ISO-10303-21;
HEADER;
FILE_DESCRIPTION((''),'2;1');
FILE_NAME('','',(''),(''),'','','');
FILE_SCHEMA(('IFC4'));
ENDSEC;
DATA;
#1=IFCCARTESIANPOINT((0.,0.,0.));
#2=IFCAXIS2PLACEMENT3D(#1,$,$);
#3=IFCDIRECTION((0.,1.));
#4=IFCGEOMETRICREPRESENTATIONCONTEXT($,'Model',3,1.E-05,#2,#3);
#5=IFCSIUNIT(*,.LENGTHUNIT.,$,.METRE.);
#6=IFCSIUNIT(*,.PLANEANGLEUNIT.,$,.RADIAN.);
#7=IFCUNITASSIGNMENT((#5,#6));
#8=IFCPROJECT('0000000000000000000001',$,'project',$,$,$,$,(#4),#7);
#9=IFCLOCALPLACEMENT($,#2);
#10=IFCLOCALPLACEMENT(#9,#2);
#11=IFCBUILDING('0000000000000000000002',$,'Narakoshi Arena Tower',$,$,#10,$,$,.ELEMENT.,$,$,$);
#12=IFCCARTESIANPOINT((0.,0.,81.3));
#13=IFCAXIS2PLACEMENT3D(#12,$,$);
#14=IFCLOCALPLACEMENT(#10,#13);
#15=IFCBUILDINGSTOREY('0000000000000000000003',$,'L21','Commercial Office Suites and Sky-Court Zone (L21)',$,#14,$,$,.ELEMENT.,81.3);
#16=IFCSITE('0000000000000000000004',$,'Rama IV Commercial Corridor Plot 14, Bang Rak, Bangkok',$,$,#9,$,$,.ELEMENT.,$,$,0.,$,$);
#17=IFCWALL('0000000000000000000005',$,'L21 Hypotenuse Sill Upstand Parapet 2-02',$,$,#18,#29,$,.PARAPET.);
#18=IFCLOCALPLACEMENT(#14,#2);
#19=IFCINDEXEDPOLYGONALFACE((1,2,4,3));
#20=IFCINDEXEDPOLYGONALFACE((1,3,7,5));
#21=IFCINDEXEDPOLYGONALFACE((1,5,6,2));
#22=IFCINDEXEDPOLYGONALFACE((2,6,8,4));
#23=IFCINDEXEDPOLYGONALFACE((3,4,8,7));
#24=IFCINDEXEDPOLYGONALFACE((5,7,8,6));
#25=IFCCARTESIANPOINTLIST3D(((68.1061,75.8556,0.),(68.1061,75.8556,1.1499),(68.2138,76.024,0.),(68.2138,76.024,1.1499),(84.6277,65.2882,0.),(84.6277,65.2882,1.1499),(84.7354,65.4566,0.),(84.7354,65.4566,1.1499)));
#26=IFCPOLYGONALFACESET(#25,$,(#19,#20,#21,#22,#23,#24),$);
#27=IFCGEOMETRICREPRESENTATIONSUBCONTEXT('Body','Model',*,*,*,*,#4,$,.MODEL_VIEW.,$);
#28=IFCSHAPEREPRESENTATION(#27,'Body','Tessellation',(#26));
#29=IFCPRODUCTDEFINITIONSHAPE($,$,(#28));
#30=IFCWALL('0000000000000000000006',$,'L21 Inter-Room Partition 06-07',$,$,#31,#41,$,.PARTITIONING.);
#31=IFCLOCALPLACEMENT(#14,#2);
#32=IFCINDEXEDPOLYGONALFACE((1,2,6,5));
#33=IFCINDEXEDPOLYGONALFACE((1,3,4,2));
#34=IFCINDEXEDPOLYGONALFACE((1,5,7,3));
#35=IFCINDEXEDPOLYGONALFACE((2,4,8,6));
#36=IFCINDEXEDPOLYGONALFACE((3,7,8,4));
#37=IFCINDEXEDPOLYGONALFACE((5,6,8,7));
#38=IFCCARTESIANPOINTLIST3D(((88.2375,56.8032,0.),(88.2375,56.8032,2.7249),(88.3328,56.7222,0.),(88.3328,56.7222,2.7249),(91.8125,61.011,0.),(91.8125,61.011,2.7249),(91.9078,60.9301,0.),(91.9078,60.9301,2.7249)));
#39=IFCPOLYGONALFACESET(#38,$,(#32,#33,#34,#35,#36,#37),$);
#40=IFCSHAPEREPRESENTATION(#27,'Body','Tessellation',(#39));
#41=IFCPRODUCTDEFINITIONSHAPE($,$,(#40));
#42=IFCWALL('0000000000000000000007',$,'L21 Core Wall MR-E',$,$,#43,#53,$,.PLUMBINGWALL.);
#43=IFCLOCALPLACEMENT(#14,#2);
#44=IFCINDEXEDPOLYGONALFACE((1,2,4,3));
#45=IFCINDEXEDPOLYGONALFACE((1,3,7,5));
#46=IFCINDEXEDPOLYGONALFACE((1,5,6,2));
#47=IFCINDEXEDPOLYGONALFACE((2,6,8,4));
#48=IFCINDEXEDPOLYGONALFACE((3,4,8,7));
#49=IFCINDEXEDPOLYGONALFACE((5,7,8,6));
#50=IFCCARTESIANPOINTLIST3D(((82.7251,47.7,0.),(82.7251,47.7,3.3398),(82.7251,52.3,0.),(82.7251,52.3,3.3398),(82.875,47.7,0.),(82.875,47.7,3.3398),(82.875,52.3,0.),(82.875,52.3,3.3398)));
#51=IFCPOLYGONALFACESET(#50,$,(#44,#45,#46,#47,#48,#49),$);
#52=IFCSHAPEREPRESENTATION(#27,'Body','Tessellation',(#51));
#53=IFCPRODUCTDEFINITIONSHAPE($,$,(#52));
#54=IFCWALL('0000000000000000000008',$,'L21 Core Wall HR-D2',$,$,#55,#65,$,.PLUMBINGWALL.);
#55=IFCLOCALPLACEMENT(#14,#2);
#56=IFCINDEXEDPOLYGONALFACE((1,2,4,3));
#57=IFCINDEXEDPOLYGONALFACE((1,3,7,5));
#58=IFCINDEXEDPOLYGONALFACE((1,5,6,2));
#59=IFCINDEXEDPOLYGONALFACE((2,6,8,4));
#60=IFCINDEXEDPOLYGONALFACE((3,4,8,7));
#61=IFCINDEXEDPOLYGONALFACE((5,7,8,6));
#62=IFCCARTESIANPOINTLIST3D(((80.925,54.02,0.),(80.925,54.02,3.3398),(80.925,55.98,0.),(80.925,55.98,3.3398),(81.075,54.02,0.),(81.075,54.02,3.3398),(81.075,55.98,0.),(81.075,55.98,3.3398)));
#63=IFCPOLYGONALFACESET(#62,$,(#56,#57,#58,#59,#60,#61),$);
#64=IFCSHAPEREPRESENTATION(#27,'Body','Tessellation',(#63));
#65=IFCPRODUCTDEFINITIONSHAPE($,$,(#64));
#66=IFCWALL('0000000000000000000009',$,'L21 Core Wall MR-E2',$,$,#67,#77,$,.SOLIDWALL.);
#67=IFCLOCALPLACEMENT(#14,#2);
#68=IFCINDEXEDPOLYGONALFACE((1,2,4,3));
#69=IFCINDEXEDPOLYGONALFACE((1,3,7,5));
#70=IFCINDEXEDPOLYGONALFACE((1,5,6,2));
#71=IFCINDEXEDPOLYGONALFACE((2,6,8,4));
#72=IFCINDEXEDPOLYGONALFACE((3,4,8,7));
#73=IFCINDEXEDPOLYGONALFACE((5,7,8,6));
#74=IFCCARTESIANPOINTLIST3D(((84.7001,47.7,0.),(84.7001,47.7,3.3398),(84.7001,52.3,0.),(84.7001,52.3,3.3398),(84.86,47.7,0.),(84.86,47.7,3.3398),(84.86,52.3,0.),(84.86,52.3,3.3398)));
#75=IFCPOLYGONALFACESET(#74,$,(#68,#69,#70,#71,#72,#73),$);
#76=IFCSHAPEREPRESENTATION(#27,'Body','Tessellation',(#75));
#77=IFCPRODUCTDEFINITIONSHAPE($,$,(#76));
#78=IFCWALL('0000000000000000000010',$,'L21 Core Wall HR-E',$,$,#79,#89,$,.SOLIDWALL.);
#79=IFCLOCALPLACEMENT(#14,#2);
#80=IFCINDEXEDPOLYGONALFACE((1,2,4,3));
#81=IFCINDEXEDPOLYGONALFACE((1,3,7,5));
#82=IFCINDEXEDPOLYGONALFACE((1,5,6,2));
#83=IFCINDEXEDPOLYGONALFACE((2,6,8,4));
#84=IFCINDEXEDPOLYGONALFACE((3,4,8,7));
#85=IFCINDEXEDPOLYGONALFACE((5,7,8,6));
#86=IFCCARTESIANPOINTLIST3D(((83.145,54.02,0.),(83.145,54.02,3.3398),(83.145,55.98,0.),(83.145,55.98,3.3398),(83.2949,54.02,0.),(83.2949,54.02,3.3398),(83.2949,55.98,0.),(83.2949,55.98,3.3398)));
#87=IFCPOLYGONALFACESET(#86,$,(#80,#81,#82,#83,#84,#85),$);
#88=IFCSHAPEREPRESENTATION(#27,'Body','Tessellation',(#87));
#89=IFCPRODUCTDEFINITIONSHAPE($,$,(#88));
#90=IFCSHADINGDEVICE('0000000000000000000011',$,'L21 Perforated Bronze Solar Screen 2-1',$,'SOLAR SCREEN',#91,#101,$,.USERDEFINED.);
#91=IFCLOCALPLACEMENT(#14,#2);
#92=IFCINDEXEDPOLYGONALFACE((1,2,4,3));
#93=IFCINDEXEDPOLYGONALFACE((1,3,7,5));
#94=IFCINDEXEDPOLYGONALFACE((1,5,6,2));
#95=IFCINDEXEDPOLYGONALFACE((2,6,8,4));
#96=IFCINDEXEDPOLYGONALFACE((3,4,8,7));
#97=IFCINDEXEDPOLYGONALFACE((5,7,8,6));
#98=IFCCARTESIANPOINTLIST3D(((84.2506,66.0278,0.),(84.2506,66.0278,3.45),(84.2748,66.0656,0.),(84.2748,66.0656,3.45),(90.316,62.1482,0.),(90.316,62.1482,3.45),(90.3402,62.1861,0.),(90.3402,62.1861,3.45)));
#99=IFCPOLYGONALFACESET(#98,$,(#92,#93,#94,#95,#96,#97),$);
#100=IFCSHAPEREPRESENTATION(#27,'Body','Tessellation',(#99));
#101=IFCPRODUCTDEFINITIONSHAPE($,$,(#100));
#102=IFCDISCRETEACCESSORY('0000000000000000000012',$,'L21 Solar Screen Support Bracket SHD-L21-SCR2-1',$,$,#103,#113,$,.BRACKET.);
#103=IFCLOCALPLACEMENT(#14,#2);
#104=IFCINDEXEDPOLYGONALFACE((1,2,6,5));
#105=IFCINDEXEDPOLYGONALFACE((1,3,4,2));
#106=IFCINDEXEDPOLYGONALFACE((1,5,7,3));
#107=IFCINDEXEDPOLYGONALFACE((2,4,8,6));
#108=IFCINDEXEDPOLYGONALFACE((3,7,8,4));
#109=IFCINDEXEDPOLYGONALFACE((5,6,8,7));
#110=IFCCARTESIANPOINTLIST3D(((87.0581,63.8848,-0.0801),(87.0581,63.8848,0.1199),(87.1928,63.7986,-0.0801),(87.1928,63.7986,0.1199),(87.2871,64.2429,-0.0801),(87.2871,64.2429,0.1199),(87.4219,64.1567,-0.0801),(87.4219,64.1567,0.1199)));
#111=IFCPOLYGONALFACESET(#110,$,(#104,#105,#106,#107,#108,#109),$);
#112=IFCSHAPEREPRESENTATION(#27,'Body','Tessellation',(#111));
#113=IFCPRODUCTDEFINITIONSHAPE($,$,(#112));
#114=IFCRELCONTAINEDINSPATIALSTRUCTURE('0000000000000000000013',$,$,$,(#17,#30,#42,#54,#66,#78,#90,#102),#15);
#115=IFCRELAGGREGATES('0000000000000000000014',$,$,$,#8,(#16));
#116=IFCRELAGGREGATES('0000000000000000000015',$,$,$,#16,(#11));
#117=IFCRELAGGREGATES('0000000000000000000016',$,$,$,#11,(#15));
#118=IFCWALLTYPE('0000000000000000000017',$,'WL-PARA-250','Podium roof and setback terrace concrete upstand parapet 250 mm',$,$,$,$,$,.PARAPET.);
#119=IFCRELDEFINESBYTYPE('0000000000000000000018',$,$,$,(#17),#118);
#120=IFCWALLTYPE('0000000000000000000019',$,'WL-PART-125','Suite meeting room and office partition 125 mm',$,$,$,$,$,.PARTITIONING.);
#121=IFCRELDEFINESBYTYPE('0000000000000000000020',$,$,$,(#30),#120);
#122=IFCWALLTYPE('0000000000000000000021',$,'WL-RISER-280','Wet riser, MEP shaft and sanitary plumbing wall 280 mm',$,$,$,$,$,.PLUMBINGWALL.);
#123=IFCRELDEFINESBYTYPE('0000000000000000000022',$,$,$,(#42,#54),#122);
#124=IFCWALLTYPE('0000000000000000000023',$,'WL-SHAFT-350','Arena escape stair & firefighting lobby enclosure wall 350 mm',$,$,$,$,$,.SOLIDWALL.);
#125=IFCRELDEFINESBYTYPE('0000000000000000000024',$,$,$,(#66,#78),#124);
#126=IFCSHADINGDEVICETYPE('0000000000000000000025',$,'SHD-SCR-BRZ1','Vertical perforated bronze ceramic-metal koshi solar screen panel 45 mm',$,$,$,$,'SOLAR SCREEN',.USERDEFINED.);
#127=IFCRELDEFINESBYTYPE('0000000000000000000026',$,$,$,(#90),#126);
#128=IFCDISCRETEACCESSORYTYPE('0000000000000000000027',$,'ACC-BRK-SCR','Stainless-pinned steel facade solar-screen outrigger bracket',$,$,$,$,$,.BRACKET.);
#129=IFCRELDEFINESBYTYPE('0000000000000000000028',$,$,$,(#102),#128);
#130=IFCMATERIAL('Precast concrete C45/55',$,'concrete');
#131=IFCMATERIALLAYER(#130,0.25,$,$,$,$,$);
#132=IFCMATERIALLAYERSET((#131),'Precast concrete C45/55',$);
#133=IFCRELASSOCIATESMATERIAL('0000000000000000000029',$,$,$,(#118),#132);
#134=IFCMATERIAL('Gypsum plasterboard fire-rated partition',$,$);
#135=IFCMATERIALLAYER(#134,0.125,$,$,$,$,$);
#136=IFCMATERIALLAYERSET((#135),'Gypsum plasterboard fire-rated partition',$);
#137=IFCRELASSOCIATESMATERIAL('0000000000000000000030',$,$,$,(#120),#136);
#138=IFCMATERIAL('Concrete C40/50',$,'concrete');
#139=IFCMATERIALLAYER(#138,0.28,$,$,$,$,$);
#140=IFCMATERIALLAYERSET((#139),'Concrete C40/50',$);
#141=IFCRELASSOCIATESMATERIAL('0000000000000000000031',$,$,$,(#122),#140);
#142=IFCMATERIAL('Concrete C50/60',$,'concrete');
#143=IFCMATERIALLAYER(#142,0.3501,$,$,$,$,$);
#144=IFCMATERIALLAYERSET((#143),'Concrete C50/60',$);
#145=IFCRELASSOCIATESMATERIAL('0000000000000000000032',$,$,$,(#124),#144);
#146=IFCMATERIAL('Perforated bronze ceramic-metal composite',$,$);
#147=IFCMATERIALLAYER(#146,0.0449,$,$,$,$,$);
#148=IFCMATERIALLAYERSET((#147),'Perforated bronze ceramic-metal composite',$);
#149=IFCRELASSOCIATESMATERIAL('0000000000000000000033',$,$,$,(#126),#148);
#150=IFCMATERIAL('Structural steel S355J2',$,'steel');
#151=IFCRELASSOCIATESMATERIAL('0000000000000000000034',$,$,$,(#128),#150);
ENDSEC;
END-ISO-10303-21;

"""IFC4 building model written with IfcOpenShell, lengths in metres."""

from ifc_helpers import new_model, si_unit, direction, frame, frame_2d, origin, origin_2d, place, context, subcontext, project, spatial, rectangle, extrude, material, layer, layer_set, type_object, element, save


model = new_model("IFC4")

# Units and contexts
model_context = context("Model", 3, precision=1e-05, world=origin(), true_north=direction((0.0, 1.0)))
body_context = subcontext(model_context, "Body", "Model", "MODEL_VIEW")
ifc_project = project(units=[si_unit("LENGTHUNIT", "METRE"), si_unit("PLANEANGLEUNIT", "RADIAN")], contexts=[model_context])

# Site, building, storey
site_placement = place(None, origin())
site = spatial("IfcSite", under=ifc_project, at=site_placement, Name="Rama IV Commercial Corridor Plot 14, Bang Rak, Bangkok", CompositionType="ELEMENT", RefElevation=0.0)
building_placement = place(site_placement, origin())
building = spatial("IfcBuilding", under=site, at=building_placement, Name="Narakoshi Arena Tower", CompositionType="ELEMENT")
storey_placement = place(building_placement, frame((0.0, 0.0, 81.3)))
storey = spatial("IfcBuildingStorey", under=building, at=storey_placement, Name="L21", Description="Commercial Office Suites and Sky-Court Zone (L21)", CompositionType="ELEMENT", Elevation=81.3)

# Shared definitions
ifc_material_1 = material(Name="Structural steel S355J2", Category="steel")

# Shared definitions
ifc_material_2 = material(Name="Gypsum plasterboard fire-rated partition")

# Walls
ifc_material_3 = material(Name="Precast concrete C45/55", Category="concrete")
ifc_layer_1 = layer(ifc_material_3, 0.25)
ifc_layer_set_1 = layer_set([ifc_layer_1], Name="Precast concrete C45/55")
wall_type_1 = type_object("IfcWallType", Name="WL-PARA-250", Description="Podium roof and setback terrace concrete upstand parapet 250 mm", PredefinedType="PARAPET", material=ifc_layer_set_1)
wall_1_placement = place(storey_placement, frame((84.6816, 65.3723, 0.0), z_axis=(0.0, 0.0, 1.0), x_axis=(-0.842419, 0.538823, 0.0)))
element("IfcWall", 1, at=wall_1_placement, inside=storey, type_object=wall_type_1, Name="L21 Hypotenuse Sill Upstand Parapet 2-02", PredefinedType="PARAPET", context=body_context, shape_type="SweptSolid", body=[
    extrude(rectangle(XDim=19.6121, YDim=0.2, at=frame_2d((9.8062, 0.0))), origin(), (0.0, 0.0, 1.0), 1.1499),
])
ifc_layer_2 = layer(ifc_material_2, 0.125)
ifc_layer_set_2 = layer_set([ifc_layer_2], Name="Gypsum plasterboard fire-rated partition")
wall_type_2 = type_object("IfcWallType", Name="WL-PART-125", Description="Suite meeting room and office partition 125 mm", PredefinedType="PARTITIONING", material=ifc_layer_set_2)
wall_2_placement = place(storey_placement, frame((88.2852, 56.7627, 0.0), z_axis=(0.0, 0.0, 1.0), x_axis=(0.647475, 0.762087, 0.0)))
element("IfcWall", 2, at=wall_2_placement, inside=storey, type_object=wall_type_2, Name="L21 Inter-Room Partition 06-07", PredefinedType="PARTITIONING", context=body_context, shape_type="SweptSolid", body=[
    extrude(rectangle(XDim=5.5215, YDim=0.125, at=frame_2d((2.7607, 0.0))), origin(), (0.0, 0.0, 1.0), 2.7249),
])
ifc_material_4 = material(Name="Concrete C40/50", Category="concrete")
ifc_layer_3 = layer(ifc_material_4, 0.28)
ifc_layer_set_3 = layer_set([ifc_layer_3], Name="Concrete C40/50")
wall_type_3 = type_object("IfcWallType", Name="WL-RISER-280", Description="Wet riser, MEP shaft and sanitary plumbing wall 280 mm", PredefinedType="PLUMBINGWALL", material=ifc_layer_set_3)
wall_3_placement = place(storey_placement, frame((82.8, 47.7, 0.0), z_axis=(0.0, 0.0, 1.0), x_axis=(0.0, 1.0, 0.0)))
element("IfcWall", 3, at=wall_3_placement, inside=storey, type_object=wall_type_3, Name="L21 Core Wall MR-E", PredefinedType="PLUMBINGWALL", context=body_context, shape_type="SweptSolid", body=[
    extrude(rectangle(XDim=4.6001, YDim=0.1499, at=frame_2d((2.3, 0.0))), origin(), (0.0, 0.0, 1.0), 3.3398),
])
wall_4_placement = place(storey_placement, frame((81.0, 54.02, 0.0), z_axis=(0.0, 0.0, 1.0), x_axis=(0.0, 1.0, 0.0)))
element("IfcWall", 4, at=wall_4_placement, inside=storey, type_object=wall_type_3, Name="L21 Core Wall HR-D2", PredefinedType="PLUMBINGWALL", context=body_context, shape_type="SweptSolid", body=[
    extrude(rectangle(XDim=1.96, YDim=0.1499, at=frame_2d((0.98, 0.0))), origin(), (0.0, 0.0, 1.0), 3.3398),
])
ifc_material_5 = material(Name="Concrete C50/60", Category="concrete")
ifc_layer_4 = layer(ifc_material_5, 0.3501)
ifc_layer_set_4 = layer_set([ifc_layer_4], Name="Concrete C50/60")
wall_type_4 = type_object("IfcWallType", Name="WL-SHAFT-350", Description="Arena escape stair & firefighting lobby enclosure wall 350 mm", PredefinedType="SOLIDWALL", material=ifc_layer_set_4)
wall_5_placement = place(storey_placement, frame((84.78, 47.7, 0.0), z_axis=(0.0, 0.0, 1.0), x_axis=(0.0, 1.0, 0.0)))
element("IfcWall", 5, at=wall_5_placement, inside=storey, type_object=wall_type_4, Name="L21 Core Wall MR-E2", PredefinedType="SOLIDWALL", context=body_context, shape_type="SweptSolid", body=[
    extrude(rectangle(XDim=4.6001, YDim=0.1599, at=frame_2d((2.3, 0.0))), origin(), (0.0, 0.0, 1.0), 3.3398),
])
wall_6_placement = place(storey_placement, frame((83.22, 54.02, 0.0), z_axis=(0.0, 0.0, 1.0), x_axis=(0.0, 1.0, 0.0)))
element("IfcWall", 6, at=wall_6_placement, inside=storey, type_object=wall_type_4, Name="L21 Core Wall HR-E", PredefinedType="SOLIDWALL", context=body_context, shape_type="SweptSolid", body=[
    extrude(rectangle(XDim=1.96, YDim=0.1499, at=frame_2d((0.98, 0.0))), origin(), (0.0, 0.0, 1.0), 3.3398),
])

# Shading device
ifc_material_6 = material(Name="Perforated bronze ceramic-metal composite")
ifc_layer_5 = layer(ifc_material_6, 0.0449)
ifc_layer_set_5 = layer_set([ifc_layer_5], Name="Perforated bronze ceramic-metal composite")
shading_device_type = type_object("IfcShadingDeviceType", Name="SHD-SCR-BRZ1", Description="Vertical perforated bronze ceramic-metal koshi solar screen panel 45 mm", ElementType="SOLAR SCREEN", PredefinedType="USERDEFINED", material=ifc_layer_set_5)
shading_device_placement = place(storey_placement, frame((87.2954, 64.1069, 0.0), z_axis=(0.0, 0.0, 1.0), x_axis=(-0.842415, 0.53883, 0.0)))
element("IfcShadingDevice", 7, at=shading_device_placement, inside=storey, type_object=shading_device_type, Name="L21 Perforated Bronze Solar Screen 2-1", ObjectType="SOLAR SCREEN", PredefinedType="USERDEFINED", context=body_context, shape_type="SweptSolid", body=[
    extrude(rectangle(XDim=7.2, YDim=0.0449, at=origin_2d()), origin(), (0.0, 0.0, 1.0), 3.45),
])

# Discrete accessory
discrete_accessory_type = type_object("IfcDiscreteAccessoryType", Name="ACC-BRK-SCR", Description="Stainless-pinned steel facade solar-screen outrigger bracket", PredefinedType="BRACKET", material=ifc_material_1)
discrete_accessory_placement = place(storey_placement, frame((87.24, 64.0208, -0.0801), z_axis=(0.0, 0.0, 1.0), x_axis=(-0.842415, 0.53883, 0.0)))
element("IfcDiscreteAccessory", 8, at=discrete_accessory_placement, inside=storey, type_object=discrete_accessory_type, Name="L21 Solar Screen Support Bracket SHD-L21-SCR2-1", PredefinedType="BRACKET", context=body_context, shape_type="SweptSolid", body=[
    extrude(rectangle(XDim=0.1599, YDim=0.425, at=origin_2d()), origin(), (0.0, 0.0, 1.0), 0.2),
])

save(model, "model.ifc")
